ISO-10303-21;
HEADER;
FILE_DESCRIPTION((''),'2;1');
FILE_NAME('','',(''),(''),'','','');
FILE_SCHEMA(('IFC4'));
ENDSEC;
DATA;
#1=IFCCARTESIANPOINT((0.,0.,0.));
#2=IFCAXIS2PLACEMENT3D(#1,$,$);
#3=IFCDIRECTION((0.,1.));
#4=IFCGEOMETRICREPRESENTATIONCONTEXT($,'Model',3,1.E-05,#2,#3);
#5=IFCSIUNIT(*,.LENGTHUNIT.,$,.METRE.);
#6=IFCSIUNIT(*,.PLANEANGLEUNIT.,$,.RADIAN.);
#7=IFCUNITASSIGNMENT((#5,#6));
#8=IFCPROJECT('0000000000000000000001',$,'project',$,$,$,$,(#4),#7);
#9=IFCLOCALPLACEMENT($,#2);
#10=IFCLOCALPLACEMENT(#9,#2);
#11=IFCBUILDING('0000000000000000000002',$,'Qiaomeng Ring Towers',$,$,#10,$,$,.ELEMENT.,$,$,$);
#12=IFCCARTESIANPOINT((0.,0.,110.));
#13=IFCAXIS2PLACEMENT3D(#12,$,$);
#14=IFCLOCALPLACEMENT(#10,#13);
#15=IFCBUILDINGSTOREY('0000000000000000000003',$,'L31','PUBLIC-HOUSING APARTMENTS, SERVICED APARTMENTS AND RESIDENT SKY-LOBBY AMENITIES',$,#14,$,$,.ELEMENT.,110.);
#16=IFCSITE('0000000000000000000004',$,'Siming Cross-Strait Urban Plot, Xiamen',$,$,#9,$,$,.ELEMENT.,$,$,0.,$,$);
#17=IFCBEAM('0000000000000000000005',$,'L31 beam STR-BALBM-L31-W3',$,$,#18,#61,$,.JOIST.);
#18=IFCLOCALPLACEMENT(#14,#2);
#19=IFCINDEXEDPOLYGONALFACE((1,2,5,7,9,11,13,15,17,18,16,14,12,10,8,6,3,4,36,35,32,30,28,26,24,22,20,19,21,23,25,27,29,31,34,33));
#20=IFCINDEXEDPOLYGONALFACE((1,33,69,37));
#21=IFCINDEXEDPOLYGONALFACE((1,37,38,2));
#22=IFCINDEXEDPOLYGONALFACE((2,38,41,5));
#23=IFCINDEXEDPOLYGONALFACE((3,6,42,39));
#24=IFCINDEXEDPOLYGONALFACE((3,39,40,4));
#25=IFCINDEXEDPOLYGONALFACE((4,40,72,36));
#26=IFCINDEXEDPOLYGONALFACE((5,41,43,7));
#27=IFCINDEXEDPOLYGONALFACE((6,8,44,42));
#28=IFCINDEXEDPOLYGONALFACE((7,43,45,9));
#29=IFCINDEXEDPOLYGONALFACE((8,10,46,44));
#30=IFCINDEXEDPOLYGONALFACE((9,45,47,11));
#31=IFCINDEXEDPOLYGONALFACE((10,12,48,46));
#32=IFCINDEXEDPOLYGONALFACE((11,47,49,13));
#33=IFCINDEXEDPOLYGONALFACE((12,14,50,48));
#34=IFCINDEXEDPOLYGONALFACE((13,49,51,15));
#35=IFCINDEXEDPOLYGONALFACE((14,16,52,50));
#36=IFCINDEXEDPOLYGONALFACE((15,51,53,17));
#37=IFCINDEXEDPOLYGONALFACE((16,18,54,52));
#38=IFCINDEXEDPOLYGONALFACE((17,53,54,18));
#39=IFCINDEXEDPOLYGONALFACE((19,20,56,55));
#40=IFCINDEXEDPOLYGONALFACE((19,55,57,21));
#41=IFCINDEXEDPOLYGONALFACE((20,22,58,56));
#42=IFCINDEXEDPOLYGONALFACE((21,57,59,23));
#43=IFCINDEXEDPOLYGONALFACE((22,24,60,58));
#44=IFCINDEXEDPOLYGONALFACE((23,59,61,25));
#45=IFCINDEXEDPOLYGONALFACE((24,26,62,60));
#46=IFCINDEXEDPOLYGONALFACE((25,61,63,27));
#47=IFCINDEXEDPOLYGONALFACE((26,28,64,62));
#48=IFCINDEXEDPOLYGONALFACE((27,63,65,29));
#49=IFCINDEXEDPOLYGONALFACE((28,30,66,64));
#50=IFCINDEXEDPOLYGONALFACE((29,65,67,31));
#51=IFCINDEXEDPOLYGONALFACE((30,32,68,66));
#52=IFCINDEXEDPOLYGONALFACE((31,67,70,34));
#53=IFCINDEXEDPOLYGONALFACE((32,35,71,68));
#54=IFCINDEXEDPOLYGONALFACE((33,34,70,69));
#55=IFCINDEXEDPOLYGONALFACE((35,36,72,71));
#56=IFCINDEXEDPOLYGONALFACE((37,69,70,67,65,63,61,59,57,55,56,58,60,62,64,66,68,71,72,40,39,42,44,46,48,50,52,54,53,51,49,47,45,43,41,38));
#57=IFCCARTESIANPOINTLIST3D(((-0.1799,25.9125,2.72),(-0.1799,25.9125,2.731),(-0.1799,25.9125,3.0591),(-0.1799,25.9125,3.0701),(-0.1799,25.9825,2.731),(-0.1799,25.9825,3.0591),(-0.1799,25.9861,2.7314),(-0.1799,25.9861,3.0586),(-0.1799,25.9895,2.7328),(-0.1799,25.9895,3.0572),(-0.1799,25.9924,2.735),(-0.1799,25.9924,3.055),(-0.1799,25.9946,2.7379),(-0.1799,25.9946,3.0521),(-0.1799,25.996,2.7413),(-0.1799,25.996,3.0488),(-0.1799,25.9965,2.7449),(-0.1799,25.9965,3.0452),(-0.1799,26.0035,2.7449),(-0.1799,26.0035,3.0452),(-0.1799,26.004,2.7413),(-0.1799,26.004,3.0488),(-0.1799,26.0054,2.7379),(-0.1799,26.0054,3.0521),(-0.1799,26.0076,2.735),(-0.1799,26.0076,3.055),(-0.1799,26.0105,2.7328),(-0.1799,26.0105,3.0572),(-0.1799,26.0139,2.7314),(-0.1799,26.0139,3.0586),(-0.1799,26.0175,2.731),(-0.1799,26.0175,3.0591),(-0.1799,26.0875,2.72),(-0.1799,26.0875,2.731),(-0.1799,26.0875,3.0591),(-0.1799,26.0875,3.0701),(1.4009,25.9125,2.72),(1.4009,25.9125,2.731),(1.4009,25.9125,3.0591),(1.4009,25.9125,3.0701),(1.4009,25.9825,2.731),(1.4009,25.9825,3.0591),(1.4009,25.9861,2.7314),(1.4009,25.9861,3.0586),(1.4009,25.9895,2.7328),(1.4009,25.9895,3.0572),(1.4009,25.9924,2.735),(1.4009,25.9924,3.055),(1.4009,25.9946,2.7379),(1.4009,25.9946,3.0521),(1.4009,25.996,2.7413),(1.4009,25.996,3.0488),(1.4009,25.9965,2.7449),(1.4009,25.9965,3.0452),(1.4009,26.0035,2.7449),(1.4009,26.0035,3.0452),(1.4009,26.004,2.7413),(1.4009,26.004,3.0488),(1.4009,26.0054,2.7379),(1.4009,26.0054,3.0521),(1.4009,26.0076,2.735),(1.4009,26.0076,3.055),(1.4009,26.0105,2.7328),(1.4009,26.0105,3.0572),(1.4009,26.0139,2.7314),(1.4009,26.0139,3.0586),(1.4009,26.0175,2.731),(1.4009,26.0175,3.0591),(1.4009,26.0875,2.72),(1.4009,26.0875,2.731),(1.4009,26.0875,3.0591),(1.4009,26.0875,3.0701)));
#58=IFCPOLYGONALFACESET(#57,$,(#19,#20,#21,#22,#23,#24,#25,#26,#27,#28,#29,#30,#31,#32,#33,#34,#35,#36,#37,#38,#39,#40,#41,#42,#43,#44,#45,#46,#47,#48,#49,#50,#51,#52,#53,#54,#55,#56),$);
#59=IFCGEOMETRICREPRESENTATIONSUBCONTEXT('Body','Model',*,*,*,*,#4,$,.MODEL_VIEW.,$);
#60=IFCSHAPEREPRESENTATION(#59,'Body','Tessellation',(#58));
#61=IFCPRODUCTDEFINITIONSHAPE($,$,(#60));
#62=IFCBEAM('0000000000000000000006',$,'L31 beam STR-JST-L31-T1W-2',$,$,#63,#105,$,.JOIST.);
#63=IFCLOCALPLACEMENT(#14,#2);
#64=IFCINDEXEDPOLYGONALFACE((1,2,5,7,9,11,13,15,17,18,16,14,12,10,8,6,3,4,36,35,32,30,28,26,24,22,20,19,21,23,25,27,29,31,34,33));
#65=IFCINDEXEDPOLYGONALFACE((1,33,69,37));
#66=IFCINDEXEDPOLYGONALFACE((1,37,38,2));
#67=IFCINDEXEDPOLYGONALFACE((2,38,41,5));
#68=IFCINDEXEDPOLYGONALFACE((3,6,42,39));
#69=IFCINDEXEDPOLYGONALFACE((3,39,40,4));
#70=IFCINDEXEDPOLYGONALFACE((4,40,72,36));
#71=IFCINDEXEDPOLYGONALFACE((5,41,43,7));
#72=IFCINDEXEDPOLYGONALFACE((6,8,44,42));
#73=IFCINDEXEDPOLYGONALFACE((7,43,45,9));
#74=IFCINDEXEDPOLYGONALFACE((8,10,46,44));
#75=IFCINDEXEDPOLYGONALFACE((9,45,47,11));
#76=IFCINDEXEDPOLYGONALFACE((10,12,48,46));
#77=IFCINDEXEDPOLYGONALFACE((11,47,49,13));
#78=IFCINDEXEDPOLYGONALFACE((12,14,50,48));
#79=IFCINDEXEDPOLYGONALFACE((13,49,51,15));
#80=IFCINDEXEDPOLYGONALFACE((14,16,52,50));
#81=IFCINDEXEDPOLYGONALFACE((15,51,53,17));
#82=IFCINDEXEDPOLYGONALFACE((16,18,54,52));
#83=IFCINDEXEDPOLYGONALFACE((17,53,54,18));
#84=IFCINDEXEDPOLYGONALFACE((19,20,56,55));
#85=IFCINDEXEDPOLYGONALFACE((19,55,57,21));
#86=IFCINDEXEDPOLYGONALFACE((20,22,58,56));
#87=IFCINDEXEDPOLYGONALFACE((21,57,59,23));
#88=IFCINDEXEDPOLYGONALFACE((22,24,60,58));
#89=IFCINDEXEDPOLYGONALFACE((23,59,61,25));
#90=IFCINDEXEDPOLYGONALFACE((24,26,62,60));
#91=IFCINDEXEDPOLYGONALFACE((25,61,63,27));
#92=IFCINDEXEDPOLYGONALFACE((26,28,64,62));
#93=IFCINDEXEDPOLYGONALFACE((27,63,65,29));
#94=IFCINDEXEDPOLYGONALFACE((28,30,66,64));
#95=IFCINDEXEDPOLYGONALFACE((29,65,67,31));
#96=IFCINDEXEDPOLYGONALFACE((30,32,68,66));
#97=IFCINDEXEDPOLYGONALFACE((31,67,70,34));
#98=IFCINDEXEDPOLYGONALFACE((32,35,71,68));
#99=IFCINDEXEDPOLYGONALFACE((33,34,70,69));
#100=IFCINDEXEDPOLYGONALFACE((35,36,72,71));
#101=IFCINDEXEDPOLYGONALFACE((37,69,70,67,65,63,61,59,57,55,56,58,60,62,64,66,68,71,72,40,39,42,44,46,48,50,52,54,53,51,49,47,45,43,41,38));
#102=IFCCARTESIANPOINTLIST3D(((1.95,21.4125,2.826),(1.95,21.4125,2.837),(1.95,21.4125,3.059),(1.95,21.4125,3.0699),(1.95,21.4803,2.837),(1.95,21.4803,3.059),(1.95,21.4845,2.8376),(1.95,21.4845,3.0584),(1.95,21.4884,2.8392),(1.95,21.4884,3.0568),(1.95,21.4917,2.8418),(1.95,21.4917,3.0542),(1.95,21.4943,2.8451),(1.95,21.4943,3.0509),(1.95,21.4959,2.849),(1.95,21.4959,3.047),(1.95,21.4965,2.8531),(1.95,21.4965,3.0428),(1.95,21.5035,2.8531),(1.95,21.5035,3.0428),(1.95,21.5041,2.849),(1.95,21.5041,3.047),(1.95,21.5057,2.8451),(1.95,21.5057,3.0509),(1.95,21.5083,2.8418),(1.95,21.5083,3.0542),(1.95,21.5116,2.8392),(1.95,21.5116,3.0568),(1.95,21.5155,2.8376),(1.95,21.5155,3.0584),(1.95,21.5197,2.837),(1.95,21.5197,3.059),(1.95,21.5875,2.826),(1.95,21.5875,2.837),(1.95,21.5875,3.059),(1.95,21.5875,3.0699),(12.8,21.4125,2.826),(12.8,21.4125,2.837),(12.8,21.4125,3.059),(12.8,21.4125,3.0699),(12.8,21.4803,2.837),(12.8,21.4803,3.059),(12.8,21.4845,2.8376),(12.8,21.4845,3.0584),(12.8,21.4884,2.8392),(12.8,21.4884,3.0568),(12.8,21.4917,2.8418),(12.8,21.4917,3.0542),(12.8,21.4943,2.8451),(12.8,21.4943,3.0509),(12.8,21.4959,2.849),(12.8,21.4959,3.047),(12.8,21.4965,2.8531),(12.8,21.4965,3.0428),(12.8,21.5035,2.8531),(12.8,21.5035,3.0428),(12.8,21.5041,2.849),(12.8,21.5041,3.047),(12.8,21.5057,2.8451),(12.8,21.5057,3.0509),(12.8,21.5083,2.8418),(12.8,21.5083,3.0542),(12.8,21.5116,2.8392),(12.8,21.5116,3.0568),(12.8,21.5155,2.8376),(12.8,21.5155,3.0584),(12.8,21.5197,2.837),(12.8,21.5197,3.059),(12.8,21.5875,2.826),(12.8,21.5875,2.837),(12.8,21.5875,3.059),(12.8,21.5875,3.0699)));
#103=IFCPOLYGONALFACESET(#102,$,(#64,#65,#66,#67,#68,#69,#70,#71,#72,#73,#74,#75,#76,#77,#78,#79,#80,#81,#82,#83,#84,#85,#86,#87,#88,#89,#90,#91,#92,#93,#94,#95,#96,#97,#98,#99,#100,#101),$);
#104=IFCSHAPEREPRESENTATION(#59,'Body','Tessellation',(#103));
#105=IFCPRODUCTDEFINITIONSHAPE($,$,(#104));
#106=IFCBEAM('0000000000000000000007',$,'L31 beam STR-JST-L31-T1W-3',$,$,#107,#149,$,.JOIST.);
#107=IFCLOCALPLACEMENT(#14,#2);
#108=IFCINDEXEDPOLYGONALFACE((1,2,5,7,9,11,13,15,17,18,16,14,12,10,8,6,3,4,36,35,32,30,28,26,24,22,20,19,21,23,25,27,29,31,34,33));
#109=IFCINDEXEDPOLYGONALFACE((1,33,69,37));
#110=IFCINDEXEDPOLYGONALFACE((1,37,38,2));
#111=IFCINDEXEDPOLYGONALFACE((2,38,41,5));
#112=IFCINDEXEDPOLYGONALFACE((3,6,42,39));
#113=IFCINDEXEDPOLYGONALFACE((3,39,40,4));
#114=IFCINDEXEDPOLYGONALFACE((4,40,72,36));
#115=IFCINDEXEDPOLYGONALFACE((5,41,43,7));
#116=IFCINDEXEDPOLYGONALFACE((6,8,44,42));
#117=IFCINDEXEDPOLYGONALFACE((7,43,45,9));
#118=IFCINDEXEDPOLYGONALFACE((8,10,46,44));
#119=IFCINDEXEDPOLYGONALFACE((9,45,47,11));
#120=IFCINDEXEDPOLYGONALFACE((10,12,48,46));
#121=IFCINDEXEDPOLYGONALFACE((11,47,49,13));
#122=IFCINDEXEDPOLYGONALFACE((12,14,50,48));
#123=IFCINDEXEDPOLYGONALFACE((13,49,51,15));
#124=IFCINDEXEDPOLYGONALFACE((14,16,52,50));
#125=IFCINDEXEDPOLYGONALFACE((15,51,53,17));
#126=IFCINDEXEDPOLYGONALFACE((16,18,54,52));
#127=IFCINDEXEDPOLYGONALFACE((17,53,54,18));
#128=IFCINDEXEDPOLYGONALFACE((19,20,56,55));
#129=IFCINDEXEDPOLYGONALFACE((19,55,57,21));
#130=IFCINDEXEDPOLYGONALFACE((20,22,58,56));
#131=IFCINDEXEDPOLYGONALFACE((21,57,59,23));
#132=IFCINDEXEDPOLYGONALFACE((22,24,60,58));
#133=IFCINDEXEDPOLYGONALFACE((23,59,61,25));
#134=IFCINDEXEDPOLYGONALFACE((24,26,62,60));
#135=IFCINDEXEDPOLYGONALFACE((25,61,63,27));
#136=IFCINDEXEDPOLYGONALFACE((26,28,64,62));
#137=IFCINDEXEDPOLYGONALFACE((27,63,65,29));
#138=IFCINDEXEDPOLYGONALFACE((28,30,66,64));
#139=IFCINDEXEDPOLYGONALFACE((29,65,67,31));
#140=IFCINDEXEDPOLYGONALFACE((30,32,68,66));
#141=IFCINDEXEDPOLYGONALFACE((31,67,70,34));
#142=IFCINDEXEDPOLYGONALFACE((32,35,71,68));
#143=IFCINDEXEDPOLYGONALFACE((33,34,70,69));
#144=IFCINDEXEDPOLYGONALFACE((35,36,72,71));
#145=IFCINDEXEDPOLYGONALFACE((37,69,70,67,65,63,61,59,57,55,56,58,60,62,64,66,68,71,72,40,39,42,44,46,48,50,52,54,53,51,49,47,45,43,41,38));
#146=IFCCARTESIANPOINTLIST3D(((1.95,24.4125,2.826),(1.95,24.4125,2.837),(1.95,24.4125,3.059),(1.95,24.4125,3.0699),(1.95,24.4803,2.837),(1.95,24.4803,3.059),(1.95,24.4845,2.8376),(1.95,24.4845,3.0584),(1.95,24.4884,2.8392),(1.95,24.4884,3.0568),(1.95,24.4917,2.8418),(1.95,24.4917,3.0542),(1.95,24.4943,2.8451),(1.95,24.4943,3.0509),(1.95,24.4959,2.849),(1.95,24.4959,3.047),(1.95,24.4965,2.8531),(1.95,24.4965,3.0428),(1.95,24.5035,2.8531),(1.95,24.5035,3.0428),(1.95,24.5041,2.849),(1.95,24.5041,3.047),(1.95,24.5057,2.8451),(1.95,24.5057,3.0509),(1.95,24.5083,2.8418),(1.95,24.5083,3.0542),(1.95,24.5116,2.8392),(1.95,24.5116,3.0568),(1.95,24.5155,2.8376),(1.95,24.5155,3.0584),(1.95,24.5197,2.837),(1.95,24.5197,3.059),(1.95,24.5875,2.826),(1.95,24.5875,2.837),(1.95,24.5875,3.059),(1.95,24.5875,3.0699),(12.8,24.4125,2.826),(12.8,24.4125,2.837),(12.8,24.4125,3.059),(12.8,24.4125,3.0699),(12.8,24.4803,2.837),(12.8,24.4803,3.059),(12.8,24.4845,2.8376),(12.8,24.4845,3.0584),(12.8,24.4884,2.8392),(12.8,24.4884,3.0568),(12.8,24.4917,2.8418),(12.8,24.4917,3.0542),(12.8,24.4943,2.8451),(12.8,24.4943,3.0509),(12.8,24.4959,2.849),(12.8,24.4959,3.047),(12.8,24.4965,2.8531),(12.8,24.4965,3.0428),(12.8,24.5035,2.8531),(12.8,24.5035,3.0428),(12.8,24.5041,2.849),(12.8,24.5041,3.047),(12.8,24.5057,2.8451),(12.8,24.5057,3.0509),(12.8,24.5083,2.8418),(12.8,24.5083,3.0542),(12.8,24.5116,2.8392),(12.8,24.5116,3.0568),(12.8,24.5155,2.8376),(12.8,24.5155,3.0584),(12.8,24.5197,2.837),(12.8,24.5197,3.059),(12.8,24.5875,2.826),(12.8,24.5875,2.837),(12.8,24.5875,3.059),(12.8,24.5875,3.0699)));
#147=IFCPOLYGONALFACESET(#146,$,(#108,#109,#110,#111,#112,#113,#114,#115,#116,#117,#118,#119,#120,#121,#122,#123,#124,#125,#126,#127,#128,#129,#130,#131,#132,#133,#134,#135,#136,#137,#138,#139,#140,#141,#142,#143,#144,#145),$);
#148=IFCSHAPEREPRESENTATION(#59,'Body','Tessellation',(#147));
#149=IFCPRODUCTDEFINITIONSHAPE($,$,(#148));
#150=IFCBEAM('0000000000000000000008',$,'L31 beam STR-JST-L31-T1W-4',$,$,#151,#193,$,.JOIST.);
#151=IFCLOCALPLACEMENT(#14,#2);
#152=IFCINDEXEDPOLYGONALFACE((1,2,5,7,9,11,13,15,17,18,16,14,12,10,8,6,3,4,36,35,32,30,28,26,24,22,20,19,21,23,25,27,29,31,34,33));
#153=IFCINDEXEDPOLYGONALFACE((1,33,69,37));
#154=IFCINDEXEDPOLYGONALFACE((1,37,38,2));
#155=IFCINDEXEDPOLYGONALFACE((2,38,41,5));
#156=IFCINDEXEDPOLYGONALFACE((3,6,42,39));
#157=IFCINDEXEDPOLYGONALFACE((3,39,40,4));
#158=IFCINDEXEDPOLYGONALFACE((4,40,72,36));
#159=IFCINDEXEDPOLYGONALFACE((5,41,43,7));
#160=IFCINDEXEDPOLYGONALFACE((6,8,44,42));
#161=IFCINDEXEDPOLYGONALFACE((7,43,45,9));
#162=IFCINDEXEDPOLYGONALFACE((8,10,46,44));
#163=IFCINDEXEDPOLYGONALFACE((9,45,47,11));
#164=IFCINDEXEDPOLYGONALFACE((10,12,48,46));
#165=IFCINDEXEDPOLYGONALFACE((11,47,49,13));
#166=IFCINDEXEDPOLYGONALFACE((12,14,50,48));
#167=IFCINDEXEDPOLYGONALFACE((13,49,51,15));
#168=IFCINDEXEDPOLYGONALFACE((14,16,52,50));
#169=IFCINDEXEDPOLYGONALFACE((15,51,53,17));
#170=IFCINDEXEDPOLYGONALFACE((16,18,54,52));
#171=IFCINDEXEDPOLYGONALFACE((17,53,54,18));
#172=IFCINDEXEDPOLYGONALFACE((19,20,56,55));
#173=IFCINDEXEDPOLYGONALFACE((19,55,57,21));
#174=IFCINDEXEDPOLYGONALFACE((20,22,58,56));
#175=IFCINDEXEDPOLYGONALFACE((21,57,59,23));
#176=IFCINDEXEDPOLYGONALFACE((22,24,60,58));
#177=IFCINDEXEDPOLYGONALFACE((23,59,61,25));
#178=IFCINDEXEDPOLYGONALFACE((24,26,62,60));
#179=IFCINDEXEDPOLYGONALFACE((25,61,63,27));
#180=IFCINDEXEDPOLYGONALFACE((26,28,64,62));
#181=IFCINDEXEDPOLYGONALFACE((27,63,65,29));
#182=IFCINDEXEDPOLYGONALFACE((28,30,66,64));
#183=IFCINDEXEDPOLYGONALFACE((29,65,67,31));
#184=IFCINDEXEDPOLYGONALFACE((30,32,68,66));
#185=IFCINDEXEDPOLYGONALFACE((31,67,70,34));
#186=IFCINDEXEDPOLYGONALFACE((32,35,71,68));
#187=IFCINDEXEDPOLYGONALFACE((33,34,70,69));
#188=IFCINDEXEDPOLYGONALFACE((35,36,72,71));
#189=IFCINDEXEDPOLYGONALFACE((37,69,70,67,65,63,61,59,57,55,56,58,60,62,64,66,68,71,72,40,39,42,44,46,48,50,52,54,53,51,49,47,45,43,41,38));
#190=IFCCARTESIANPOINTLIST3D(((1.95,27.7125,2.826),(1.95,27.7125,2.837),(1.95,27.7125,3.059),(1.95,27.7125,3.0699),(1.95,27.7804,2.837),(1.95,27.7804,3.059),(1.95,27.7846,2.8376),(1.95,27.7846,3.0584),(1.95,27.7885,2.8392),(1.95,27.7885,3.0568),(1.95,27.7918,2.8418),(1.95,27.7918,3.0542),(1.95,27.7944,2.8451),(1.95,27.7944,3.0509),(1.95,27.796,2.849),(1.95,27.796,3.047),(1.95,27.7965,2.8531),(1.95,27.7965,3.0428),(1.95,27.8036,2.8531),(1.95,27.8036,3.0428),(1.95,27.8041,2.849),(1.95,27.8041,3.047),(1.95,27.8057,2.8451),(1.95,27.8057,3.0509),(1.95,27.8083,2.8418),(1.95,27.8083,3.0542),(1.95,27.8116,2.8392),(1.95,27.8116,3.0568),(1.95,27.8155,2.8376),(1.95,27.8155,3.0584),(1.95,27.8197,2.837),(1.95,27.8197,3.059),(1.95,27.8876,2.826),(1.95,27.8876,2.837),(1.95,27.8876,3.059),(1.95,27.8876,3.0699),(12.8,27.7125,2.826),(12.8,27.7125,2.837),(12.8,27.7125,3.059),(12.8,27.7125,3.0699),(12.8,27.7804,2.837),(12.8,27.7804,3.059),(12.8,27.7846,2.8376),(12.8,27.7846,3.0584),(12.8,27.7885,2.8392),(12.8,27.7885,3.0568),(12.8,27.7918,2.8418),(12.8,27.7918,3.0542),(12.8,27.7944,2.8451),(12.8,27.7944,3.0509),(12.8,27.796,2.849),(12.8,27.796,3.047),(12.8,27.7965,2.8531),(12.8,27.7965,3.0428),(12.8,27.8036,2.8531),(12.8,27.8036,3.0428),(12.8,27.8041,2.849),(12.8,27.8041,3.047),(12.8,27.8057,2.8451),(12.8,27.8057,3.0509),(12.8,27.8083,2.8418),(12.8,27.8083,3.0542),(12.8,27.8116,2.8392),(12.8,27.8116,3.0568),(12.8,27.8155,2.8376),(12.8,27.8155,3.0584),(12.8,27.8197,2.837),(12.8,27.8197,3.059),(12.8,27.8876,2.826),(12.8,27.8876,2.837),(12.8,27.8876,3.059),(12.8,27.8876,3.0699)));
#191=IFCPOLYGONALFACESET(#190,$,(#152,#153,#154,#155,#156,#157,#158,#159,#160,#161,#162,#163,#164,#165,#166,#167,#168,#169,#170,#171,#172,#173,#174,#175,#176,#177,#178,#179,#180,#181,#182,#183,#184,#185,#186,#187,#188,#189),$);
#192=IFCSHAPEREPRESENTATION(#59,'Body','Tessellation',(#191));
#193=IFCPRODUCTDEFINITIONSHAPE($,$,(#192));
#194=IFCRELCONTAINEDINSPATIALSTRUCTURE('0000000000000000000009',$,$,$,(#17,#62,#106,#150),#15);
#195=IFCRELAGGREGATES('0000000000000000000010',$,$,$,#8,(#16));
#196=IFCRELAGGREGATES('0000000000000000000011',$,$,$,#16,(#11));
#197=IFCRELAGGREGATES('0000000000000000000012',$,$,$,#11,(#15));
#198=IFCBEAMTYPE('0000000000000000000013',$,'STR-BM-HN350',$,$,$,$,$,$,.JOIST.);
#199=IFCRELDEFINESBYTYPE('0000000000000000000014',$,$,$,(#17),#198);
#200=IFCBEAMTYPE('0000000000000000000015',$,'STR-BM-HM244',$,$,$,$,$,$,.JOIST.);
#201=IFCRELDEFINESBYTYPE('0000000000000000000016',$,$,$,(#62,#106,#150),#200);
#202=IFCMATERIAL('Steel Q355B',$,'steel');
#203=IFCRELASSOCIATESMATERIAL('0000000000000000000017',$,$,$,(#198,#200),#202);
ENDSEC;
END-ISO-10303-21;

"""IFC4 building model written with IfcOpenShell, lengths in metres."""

from ifc_helpers import new_model, si_unit, direction, frame, origin, origin_2d, place, context, subcontext, project, spatial, i_section, extrude, source, transform, mapped, material, material_profile, profile_set, type_object, element, save


model = new_model("IFC4")

# Units and contexts
model_context = context("Model", 3, precision=1e-05, world=origin(), true_north=direction((0.0, 1.0)))
body_context = subcontext(model_context, "Body", "Model", "MODEL_VIEW")
ifc_project = project(units=[si_unit("LENGTHUNIT", "METRE"), si_unit("PLANEANGLEUNIT", "RADIAN")], contexts=[model_context])

# Site, building, storey
site_placement = place(None, origin())
site = spatial("IfcSite", under=ifc_project, at=site_placement, Name="Siming Cross-Strait Urban Plot, Xiamen", CompositionType="ELEMENT", RefElevation=0.0)
building_placement = place(site_placement, origin())
building = spatial("IfcBuilding", under=site, at=building_placement, Name="Qiaomeng Ring Towers", CompositionType="ELEMENT")
storey_placement = place(building_placement, frame((0.0, 0.0, 110.0)))
storey = spatial("IfcBuildingStorey", under=building, at=storey_placement, Name="L31", Description="PUBLIC-HOUSING APARTMENTS, SERVICED APARTMENTS AND RESIDENT SKY-LOBBY AMENITIES", CompositionType="ELEMENT", Elevation=110.0)

# Beams
ifc_material_1 = material(Name="Steel Q355B", Category="steel")
ifc_material_profile_1 = material_profile(ifc_material_1, i_section(OverallWidth=0.175, OverallDepth=0.3501, WebThickness=0.0071, FlangeThickness=0.011, FilletRadius=0.0139, at=origin_2d()), Name="HN 350x175x7x11")
ifc_profile_set_1 = profile_set([ifc_material_profile_1], Name="Steel Q355B")
beam_type_1 = type_object("IfcBeamType", Name="STR-BM-HN350", PredefinedType="JOIST", material=ifc_profile_set_1)
shared_shape_1 = source(origin(), body_context, "Body", "SweptSolid", [
    extrude(i_section(OverallWidth=0.175, OverallDepth=0.3501, WebThickness=0.0071, FlangeThickness=0.011, FilletRadius=0.0139, at=origin_2d()), origin(), (0.0, 0.0, 1.0), 1.5808),
])
beam_1_placement = place(storey_placement, frame((-0.1799, 26.0, 2.895), z_axis=(1.0, 0.0, 0.0), x_axis=(0.0, 1.0, 0.0)))
element("IfcBeam", 1, at=beam_1_placement, inside=storey, type_object=beam_type_1, Name="L31 beam STR-BALBM-L31-W3", PredefinedType="JOIST", context=body_context, shape_type="MappedRepresentation", body=[
    mapped(shared_shape_1, transform((0.0, 0.0, 0.0), x_axis=(1.0, 0.0, 0.0), y_axis=(0.0, 1.0, 0.0), z_axis=(0.0, 0.0, 1.0), scale=1.0)),
])
ifc_material_profile_2 = material_profile(ifc_material_1, i_section(OverallWidth=0.175, OverallDepth=0.2439, WebThickness=0.0071, FlangeThickness=0.011, FilletRadius=0.0161, at=origin_2d()), Name="HM 244x175x7x11")
ifc_profile_set_2 = profile_set([ifc_material_profile_2], Name="Steel Q355B")
beam_type_2 = type_object("IfcBeamType", Name="STR-BM-HM244", PredefinedType="JOIST", material=ifc_profile_set_2)
shared_shape_2 = source(origin(), body_context, "Body", "SweptSolid", [
    extrude(i_section(OverallWidth=0.175, OverallDepth=0.2439, WebThickness=0.0071, FlangeThickness=0.011, FilletRadius=0.0161, at=origin_2d()), origin(), (0.0, 0.0, 1.0), 10.8501),
])
for number, where, z_axis, x_axis, name in (
    (2, (1.95, 21.5, 2.948), (1.0, 0.0, 0.0), (0.0, 1.0, 0.0), "L31 beam STR-JST-L31-T1W-2"),
    (3, (1.95, 24.5, 2.948), (1.0, 0.0, 0.0), (0.0, 1.0, 0.0), "L31 beam STR-JST-L31-T1W-3"),
    (4, (1.95, 27.8, 2.948), (1.0, 0.0, 0.0), (0.0, 1.0, 0.0), "L31 beam STR-JST-L31-T1W-4"),
):
    element("IfcBeam", number, at=place(storey_placement, frame(where, z_axis=z_axis, x_axis=x_axis)), inside=storey, type_object=beam_type_2, Name=name, PredefinedType="JOIST", context=body_context, shape_type="MappedRepresentation", body=[
        mapped(shared_shape_2, transform((0.0, 0.0, 0.0), x_axis=(1.0, 0.0, 0.0), y_axis=(0.0, 1.0, 0.0), z_axis=(0.0, 0.0, 1.0), scale=1.0)),
    ])

save(model, "model.ifc")
